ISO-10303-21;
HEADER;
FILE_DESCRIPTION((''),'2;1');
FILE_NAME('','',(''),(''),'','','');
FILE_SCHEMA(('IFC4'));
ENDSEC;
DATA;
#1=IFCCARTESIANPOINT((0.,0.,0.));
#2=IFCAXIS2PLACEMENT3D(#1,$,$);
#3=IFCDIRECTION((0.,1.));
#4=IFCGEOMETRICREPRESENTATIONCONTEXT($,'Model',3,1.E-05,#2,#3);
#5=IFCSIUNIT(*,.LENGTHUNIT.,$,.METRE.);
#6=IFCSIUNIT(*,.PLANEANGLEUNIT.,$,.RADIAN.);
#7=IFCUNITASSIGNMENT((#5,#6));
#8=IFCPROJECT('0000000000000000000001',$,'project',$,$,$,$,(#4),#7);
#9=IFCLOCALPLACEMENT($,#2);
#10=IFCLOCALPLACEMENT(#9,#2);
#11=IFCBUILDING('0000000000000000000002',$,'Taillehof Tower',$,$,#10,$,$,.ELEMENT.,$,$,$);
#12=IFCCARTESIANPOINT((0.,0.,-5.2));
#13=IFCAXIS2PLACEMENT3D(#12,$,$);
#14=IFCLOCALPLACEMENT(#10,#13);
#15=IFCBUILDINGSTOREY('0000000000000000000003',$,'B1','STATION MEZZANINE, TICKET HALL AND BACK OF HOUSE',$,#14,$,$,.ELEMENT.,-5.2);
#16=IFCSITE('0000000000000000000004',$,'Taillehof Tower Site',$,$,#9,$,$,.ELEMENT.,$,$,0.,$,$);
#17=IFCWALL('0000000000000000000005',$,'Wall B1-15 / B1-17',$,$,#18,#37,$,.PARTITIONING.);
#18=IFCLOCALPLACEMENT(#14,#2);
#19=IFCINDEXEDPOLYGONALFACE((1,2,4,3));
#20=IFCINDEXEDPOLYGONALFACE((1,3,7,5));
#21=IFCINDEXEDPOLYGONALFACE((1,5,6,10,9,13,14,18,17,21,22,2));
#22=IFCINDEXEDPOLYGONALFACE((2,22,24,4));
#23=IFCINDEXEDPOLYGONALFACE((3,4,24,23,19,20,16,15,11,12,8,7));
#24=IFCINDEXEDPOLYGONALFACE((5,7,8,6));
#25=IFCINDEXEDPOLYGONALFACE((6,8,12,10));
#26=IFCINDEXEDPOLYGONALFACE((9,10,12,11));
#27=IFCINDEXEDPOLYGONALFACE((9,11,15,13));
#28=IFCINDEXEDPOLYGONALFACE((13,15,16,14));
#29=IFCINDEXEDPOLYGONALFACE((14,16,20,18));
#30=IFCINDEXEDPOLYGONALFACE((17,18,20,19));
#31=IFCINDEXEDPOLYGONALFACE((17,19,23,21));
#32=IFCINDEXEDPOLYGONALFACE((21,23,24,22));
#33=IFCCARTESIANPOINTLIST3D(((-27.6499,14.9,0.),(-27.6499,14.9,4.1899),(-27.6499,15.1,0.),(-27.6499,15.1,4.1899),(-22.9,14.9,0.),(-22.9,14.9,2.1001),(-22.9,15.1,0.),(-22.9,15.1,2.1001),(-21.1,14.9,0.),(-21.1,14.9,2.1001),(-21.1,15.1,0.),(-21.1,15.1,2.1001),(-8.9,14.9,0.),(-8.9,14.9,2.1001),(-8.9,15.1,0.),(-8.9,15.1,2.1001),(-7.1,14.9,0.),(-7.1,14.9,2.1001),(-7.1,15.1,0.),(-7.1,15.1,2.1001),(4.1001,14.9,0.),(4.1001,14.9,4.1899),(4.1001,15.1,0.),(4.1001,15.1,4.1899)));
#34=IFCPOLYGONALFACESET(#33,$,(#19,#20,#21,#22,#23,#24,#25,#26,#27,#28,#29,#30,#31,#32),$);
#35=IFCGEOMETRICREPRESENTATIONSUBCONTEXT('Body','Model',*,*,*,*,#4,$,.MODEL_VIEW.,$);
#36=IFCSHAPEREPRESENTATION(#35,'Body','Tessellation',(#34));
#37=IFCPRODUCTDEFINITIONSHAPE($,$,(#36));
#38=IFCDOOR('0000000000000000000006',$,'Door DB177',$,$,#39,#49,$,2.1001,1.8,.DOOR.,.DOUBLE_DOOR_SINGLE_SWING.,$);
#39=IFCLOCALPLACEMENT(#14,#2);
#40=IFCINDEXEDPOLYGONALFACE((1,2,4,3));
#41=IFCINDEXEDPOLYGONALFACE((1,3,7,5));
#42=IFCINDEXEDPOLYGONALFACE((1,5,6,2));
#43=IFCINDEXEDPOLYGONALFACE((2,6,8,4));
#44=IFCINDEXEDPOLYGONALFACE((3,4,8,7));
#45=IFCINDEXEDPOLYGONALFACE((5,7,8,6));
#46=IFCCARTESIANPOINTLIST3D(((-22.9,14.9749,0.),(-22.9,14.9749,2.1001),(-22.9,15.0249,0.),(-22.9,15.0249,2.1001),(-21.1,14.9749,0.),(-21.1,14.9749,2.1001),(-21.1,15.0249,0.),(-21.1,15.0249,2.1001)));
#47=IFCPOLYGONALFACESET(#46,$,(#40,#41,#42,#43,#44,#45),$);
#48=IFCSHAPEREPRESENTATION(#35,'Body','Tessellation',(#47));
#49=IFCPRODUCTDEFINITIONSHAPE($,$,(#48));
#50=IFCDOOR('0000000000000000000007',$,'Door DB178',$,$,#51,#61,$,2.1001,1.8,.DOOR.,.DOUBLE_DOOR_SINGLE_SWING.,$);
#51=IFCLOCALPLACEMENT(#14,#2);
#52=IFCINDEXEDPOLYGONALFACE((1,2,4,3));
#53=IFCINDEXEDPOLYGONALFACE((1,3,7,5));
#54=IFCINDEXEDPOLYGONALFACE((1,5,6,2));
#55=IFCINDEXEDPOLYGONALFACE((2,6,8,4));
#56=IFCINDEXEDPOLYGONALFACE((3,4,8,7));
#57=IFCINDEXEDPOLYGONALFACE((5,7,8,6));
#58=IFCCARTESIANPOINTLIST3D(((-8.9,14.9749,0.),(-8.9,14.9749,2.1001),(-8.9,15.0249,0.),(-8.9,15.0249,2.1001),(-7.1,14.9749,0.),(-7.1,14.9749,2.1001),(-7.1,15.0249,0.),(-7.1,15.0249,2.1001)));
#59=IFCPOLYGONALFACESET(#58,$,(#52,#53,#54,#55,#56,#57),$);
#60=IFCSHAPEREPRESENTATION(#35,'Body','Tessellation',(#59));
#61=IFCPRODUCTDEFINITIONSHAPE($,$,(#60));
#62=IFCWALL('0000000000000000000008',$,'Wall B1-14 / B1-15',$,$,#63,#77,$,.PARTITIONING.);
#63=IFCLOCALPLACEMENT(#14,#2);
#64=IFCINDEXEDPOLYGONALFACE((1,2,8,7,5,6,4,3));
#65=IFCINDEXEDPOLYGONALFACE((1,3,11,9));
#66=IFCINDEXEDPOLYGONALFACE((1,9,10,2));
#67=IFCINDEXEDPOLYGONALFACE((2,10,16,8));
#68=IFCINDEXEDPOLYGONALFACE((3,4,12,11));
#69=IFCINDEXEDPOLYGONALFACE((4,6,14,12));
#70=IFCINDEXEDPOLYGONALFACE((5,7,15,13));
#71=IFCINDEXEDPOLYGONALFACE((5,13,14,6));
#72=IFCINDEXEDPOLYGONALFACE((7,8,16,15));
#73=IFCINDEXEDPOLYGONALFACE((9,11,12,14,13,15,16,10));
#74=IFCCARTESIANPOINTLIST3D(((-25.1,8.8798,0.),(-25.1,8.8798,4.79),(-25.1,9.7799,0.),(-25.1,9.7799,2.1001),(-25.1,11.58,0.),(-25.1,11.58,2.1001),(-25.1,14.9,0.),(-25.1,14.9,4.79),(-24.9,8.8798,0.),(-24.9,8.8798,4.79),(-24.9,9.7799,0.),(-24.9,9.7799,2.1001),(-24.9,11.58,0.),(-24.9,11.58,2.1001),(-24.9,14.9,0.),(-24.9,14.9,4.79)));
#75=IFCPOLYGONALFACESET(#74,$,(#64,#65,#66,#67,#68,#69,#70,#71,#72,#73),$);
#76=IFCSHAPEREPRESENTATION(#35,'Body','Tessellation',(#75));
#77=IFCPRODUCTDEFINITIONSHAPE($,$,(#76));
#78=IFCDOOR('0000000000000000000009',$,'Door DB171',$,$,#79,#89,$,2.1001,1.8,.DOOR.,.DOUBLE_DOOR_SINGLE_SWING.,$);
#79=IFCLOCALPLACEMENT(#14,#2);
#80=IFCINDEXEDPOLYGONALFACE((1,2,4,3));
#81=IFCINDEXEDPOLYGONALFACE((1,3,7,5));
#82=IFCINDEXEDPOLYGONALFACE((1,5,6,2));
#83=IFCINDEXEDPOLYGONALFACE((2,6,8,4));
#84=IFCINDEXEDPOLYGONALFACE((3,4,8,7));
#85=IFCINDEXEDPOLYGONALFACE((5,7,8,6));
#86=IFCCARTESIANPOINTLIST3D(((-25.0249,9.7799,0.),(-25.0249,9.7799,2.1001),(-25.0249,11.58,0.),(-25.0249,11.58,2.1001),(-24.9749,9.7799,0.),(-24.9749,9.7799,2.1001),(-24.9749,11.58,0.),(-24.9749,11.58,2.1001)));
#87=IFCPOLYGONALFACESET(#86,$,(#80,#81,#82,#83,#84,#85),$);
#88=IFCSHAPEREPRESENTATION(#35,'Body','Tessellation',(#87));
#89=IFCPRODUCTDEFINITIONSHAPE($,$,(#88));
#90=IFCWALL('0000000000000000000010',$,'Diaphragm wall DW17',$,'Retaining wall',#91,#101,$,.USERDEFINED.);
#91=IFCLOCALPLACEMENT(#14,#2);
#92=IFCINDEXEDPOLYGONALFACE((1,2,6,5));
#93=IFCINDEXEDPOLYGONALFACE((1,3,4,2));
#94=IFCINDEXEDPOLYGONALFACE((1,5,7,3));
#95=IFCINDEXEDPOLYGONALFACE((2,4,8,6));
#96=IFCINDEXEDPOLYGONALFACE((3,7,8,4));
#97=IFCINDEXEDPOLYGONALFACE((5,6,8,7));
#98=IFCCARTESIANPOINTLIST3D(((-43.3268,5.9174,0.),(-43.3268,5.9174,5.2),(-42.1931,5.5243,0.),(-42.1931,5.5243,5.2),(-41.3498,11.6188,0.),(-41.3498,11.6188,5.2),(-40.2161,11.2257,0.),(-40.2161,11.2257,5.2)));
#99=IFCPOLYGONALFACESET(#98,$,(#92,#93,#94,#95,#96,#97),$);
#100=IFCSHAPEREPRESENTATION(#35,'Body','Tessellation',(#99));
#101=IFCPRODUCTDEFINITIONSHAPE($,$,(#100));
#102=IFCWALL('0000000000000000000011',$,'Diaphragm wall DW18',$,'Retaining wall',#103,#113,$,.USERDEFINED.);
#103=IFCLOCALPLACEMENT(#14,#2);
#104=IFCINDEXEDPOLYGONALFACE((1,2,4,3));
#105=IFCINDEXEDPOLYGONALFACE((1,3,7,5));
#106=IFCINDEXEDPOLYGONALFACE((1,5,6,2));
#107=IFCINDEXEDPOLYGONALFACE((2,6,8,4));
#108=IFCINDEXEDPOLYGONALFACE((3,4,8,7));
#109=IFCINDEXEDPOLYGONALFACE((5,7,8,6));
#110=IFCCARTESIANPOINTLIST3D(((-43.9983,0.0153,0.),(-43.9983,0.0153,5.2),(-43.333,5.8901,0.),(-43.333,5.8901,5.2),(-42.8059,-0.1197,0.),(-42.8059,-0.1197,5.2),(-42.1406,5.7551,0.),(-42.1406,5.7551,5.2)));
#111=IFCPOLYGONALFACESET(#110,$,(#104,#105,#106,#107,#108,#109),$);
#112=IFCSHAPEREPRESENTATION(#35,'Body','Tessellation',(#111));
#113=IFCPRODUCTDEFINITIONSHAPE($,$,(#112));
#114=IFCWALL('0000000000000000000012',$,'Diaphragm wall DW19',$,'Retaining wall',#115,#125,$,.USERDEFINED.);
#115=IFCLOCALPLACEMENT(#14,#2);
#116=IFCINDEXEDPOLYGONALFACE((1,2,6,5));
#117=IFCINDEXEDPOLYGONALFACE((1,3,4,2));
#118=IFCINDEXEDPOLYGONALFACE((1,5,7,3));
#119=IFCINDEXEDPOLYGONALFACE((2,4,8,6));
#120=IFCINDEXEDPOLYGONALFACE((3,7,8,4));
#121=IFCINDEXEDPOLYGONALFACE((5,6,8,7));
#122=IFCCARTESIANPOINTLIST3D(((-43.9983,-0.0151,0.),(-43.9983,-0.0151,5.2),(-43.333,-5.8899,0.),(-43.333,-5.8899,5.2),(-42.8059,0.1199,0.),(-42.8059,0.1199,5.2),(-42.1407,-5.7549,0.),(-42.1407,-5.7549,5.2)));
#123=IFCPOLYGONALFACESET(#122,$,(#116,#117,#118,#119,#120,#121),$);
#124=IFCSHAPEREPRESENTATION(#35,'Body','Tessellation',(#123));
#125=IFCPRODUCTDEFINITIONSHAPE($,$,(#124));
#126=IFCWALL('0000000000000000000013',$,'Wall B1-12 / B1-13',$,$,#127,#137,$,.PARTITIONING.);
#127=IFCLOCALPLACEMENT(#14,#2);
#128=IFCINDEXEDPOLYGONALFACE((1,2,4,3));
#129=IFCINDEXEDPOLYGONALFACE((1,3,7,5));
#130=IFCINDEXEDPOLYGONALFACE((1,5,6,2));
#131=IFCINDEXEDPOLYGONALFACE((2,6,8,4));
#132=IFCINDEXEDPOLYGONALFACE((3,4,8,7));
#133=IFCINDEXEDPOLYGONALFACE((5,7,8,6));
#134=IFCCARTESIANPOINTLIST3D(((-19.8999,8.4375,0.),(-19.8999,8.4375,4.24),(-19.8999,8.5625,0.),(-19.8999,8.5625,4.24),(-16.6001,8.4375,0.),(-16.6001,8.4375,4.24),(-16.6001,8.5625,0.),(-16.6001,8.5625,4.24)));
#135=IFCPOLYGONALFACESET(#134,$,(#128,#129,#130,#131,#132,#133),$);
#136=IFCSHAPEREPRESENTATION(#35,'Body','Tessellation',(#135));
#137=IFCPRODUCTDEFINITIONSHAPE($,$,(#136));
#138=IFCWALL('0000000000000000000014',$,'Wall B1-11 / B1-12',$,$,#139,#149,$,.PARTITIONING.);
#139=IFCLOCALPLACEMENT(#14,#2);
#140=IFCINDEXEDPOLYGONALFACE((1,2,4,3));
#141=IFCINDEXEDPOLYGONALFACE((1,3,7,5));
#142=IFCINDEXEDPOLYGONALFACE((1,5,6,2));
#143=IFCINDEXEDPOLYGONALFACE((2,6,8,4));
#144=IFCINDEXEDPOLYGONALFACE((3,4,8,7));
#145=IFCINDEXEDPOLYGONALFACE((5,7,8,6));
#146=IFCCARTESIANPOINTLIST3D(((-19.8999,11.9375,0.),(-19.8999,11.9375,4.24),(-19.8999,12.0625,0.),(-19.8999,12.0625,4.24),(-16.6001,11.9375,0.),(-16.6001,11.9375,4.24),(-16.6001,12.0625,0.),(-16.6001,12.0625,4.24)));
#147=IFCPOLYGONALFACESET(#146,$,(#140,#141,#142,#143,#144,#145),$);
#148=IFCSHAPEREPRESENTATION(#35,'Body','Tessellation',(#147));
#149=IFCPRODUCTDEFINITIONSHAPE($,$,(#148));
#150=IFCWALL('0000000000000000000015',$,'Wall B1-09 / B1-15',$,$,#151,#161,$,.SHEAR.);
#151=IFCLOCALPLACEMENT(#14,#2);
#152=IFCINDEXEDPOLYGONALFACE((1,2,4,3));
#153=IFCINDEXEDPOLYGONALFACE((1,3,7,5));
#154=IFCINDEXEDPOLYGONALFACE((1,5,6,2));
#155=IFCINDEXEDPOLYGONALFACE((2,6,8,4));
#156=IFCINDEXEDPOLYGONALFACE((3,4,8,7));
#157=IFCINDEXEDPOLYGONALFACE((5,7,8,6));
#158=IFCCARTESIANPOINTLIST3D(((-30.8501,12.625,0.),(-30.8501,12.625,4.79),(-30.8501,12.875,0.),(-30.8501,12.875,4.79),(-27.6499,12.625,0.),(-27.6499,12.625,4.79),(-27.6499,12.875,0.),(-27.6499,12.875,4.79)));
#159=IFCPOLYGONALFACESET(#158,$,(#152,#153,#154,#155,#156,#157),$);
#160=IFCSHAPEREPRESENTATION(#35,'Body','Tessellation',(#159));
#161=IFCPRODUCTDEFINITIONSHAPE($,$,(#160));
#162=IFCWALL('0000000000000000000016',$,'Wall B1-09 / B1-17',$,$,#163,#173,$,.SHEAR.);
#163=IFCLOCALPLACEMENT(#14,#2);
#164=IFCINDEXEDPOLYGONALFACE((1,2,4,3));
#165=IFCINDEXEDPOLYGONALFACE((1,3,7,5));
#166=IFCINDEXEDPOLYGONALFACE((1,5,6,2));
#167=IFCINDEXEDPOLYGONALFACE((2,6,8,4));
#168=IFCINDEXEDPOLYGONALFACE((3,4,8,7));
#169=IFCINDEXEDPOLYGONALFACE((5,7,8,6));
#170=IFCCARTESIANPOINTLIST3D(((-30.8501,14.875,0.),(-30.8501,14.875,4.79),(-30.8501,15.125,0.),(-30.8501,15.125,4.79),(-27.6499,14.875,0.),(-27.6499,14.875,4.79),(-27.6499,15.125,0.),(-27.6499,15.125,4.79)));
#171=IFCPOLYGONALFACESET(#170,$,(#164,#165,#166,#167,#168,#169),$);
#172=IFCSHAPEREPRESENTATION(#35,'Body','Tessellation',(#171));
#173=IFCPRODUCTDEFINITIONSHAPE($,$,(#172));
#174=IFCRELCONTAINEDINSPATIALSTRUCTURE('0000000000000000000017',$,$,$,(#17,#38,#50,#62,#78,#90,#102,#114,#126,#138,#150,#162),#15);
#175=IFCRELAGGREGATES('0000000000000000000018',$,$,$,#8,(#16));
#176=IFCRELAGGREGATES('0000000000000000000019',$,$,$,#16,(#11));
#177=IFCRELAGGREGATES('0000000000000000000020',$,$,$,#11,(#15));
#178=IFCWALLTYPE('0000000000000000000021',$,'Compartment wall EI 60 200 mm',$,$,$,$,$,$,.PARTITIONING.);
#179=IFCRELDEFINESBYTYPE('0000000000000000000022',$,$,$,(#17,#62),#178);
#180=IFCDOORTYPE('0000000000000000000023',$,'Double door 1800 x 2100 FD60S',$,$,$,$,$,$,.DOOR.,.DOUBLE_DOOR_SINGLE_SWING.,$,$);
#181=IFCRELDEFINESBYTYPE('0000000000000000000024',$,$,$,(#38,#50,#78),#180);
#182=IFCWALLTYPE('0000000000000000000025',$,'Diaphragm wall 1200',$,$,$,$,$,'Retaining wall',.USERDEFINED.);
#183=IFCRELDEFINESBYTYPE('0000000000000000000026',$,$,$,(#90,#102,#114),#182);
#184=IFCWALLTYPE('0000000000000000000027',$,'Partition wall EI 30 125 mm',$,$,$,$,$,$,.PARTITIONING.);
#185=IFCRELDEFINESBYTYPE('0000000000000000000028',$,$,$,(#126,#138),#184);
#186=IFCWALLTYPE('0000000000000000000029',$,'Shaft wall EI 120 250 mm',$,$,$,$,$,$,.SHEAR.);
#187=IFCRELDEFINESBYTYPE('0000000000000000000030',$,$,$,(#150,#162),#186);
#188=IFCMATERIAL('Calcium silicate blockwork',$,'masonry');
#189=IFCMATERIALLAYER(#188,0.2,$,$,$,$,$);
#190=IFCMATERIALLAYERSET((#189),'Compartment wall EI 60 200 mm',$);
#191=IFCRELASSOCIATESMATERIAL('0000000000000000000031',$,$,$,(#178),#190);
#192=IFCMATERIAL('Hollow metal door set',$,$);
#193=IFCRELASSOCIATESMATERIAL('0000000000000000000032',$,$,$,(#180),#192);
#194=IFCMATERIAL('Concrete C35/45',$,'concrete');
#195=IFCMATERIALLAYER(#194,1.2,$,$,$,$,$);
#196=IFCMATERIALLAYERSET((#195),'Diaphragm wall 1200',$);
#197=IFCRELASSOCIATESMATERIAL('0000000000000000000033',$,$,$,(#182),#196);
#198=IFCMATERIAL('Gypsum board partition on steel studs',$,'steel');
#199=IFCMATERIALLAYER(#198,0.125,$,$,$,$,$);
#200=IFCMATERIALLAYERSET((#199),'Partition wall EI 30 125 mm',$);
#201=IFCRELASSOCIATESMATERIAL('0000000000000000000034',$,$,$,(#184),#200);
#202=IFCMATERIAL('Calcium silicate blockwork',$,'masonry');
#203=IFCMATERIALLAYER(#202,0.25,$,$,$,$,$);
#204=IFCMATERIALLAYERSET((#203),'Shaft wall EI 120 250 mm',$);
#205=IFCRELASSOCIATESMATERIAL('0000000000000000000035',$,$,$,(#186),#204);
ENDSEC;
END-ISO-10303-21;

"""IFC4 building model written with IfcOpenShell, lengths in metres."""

from ifc_helpers import new_model, si_unit, direction, frame, frame_2d, origin, place, context, subcontext, project, spatial, rectangle, extrude, material, layer, layer_set, type_object, element, fill, save


model = new_model("IFC4")

# Units and contexts
model_context = context("Model", 3, precision=1e-05, world=origin(), true_north=direction((0.0, 1.0)))
body_context = subcontext(model_context, "Body", "Model", "MODEL_VIEW")
ifc_project = project(units=[si_unit("LENGTHUNIT", "METRE"), si_unit("PLANEANGLEUNIT", "RADIAN")], contexts=[model_context])

# Site, building, storey
site_placement = place(None, origin())
site = spatial("IfcSite", under=ifc_project, at=site_placement, Name="Taillehof Tower Site", CompositionType="ELEMENT", RefElevation=0.0)
building_placement = place(site_placement, origin())
building = spatial("IfcBuilding", under=site, at=building_placement, Name="Taillehof Tower", CompositionType="ELEMENT")
storey_placement = place(building_placement, frame((0.0, 0.0, -5.2)))
storey = spatial("IfcBuildingStorey", under=building, at=storey_placement, Name="B1", Description="STATION MEZZANINE, TICKET HALL AND BACK OF HOUSE", CompositionType="ELEMENT", Elevation=-5.2)

# Shared definitions
ifc_material_1 = material(Name="Calcium silicate blockwork", Category="masonry")
ifc_layer_1 = layer(ifc_material_1, 0.2)
ifc_layer_set_1 = layer_set([ifc_layer_1], Name="Compartment wall EI 60 200 mm")
wall_type_1 = type_object("IfcWallType", Name="Compartment wall EI 60 200 mm", PredefinedType="PARTITIONING", material=ifc_layer_set_1)

# Shared definitions
ifc_material_2 = material(Name="Hollow metal door set")
door_type_1 = type_object("IfcDoorType", Name="Double door 1800 x 2100 FD60S", OperationType="DOUBLE_DOOR_SINGLE_SWING", PredefinedType="DOOR", material=ifc_material_2)

# Wall, openings, doors
wall_1_placement = place(storey_placement, frame((-27.6499, 15.0, 0.0), z_axis=(0.0, 0.0, 1.0), x_axis=(1.0, 0.0, 0.0)))
wall_1 = element("IfcWall", 1, at=wall_1_placement, inside=storey, type_object=wall_type_1, Name="Wall B1-15 / B1-17", PredefinedType="PARTITIONING", context=body_context, shape_type="SweptSolid", body=[
    extrude(rectangle(XDim=31.75, YDim=0.2, at=frame_2d((15.875, 0.0))), origin(), (0.0, 0.0, 1.0), 4.1899),
])
opening_1_placement = place(wall_1_placement, frame((4.75, 0.0, 0.0)))
opening_1 = element("IfcOpeningElement", 2, at=opening_1_placement, cuts=wall_1, PredefinedType="OPENING", context=body_context, shape_type="SweptSolid", body=[
    extrude(rectangle(XDim=1.8, YDim=2.1001, at=frame_2d((0.8999, 1.05))), frame((0.0, 0.1099, 0.0), z_axis=(0.0, -1.0, 0.0), x_axis=(1.0, 0.0, 0.0)), (0.0, 0.0, 1.0), 0.22),
])
opening_2_placement = place(wall_1_placement, frame((18.75, 0.0, 0.0)))
opening_2 = element("IfcOpeningElement", 3, at=opening_2_placement, cuts=wall_1, PredefinedType="OPENING", context=body_context, shape_type="SweptSolid", body=[
    extrude(rectangle(XDim=1.8, YDim=2.1001, at=frame_2d((0.8999, 1.05))), frame((0.0, 0.1099, 0.0), z_axis=(0.0, -1.0, 0.0), x_axis=(1.0, 0.0, 0.0)), (0.0, 0.0, 1.0), 0.22),
])
door_1_placement = place(opening_1_placement, origin())
door_1 = element("IfcDoor", 4, at=door_1_placement, inside=storey, type_object=door_type_1, Name="Door DB177", OperationType="DOUBLE_DOOR_SINGLE_SWING", OverallHeight=2.1001, OverallWidth=1.8, PredefinedType="DOOR", context=body_context, shape_type="SweptSolid", body=[
    extrude(rectangle(XDim=1.8, YDim=2.1001, at=frame_2d((0.8999, 1.05))), frame((0.0, 0.0249, 0.0), z_axis=(0.0, -1.0, 0.0), x_axis=(1.0, 0.0, 0.0)), (0.0, 0.0, 1.0), 0.05),
])
fill(opening_1, door_1)
door_2_placement = place(opening_2_placement, origin())
door_2 = element("IfcDoor", 5, at=door_2_placement, inside=storey, type_object=door_type_1, Name="Door DB178", OperationType="DOUBLE_DOOR_SINGLE_SWING", OverallHeight=2.1001, OverallWidth=1.8, PredefinedType="DOOR", context=body_context, shape_type="SweptSolid", body=[
    extrude(rectangle(XDim=1.8, YDim=2.1001, at=frame_2d((0.8999, 1.05))), frame((0.0, 0.0249, 0.0), z_axis=(0.0, -1.0, 0.0), x_axis=(1.0, 0.0, 0.0)), (0.0, 0.0, 1.0), 0.05),
])
fill(opening_2, door_2)

# Wall, opening, door
wall_2_placement = place(storey_placement, frame((-25.0, 8.8796, 0.0), z_axis=(0.0, 0.0, 1.0), x_axis=(0.0, 1.0, 0.0)))
wall_2 = element("IfcWall", 6, at=wall_2_placement, inside=storey, type_object=wall_type_1, Name="Wall B1-14 / B1-15", PredefinedType="PARTITIONING", context=body_context, shape_type="SweptSolid", body=[
    extrude(rectangle(XDim=6.0203, YDim=0.2, at=frame_2d((3.0103, 0.0))), origin(), (0.0, 0.0, 1.0), 4.79),
])
opening_3_placement = place(wall_2_placement, frame((0.9004, 0.0, 0.0)))
opening_3 = element("IfcOpeningElement", 7, at=opening_3_placement, cuts=wall_2, PredefinedType="OPENING", context=body_context, shape_type="SweptSolid", body=[
    extrude(rectangle(XDim=1.8, YDim=2.1001, at=frame_2d((0.8999, 1.05))), frame((0.0, 0.1099, 0.0), z_axis=(0.0, -1.0, 0.0), x_axis=(1.0, 0.0, 0.0)), (0.0, 0.0, 1.0), 0.22),
])
door_3_placement = place(opening_3_placement, origin())
door_3 = element("IfcDoor", 8, at=door_3_placement, inside=storey, type_object=door_type_1, Name="Door DB171", OperationType="DOUBLE_DOOR_SINGLE_SWING", OverallHeight=2.1001, OverallWidth=1.8, PredefinedType="DOOR", context=body_context, shape_type="SweptSolid", body=[
    extrude(rectangle(XDim=1.8, YDim=2.1001, at=frame_2d((0.8999, 1.05))), frame((0.0, 0.0249, 0.0), z_axis=(0.0, -1.0, 0.0), x_axis=(1.0, 0.0, 0.0)), (0.0, 0.0, 1.0), 0.05),
])
fill(opening_3, door_3)

# Walls
ifc_material_3 = material(Name="Concrete C35/45", Category="concrete")
ifc_layer_2 = layer(ifc_material_3, 1.2)
ifc_layer_set_2 = layer_set([ifc_layer_2], Name="Diaphragm wall 1200")
wall_type_2 = type_object("IfcWallType", Name="Diaphragm wall 1200", ElementType="Retaining wall", PredefinedType="USERDEFINED", material=ifc_layer_set_2)
wall_3_placement = place(storey_placement, frame((-40.783, 11.4221, 0.0), z_axis=(0.0, 0.0, 1.0), x_axis=(-0.327626, -0.944807, 0.0)))
element("IfcWall", 9, at=wall_3_placement, inside=storey, type_object=wall_type_2, Name="Diaphragm wall DW17", ObjectType="Retaining wall", PredefinedType="USERDEFINED", context=body_context, shape_type="SweptSolid", body=[
    extrude(rectangle(XDim=6.0344, YDim=1.2, at=frame_2d((3.0171, 0.0))), origin(), (0.0, 0.0, 1.0), 5.2),
])
for number, where, z_axis, x_axis, name in (
    (10, (-42.7368, 5.8225, 0.0), (0.0, 0.0, 1.0), (-0.112525, -0.993649, 0.0), "Diaphragm wall DW18"),
    (11, (-43.4021, 0.0522, 0.0), (0.0, 0.0, 1.0), (0.112525, -0.993649, 0.0), "Diaphragm wall DW19"),
):
    element("IfcWall", number, at=place(storey_placement, frame(where, z_axis=z_axis, x_axis=x_axis)), inside=storey, type_object=wall_type_2, Name=name, ObjectType="Retaining wall", PredefinedType="USERDEFINED", context=body_context, shape_type="SweptSolid", body=[
        extrude(rectangle(XDim=5.9124, YDim=1.2, at=frame_2d((2.9561, 0.0))), origin(), (0.0, 0.0, 1.0), 5.2),
    ])
ifc_material_4 = material(Name="Gypsum board partition on steel studs", Category="steel")
ifc_layer_3 = layer(ifc_material_4, 0.125)
ifc_layer_set_3 = layer_set([ifc_layer_3], Name="Partition wall EI 30 125 mm")
wall_type_3 = type_object("IfcWallType", Name="Partition wall EI 30 125 mm", PredefinedType="PARTITIONING", material=ifc_layer_set_3)
for number, where, z_axis, x_axis, name in (
    (12, (-19.8999, 8.5, 0.0), (0.0, 0.0, 1.0), (1.0, 0.0, 0.0), "Wall B1-12 / B1-13"),
    (13, (-19.8999, 12.0, 0.0), (0.0, 0.0, 1.0), (1.0, 0.0, 0.0), "Wall B1-11 / B1-12"),
):
    element("IfcWall", number, at=place(storey_placement, frame(where, z_axis=z_axis, x_axis=x_axis)), inside=storey, type_object=wall_type_3, Name=name, PredefinedType="PARTITIONING", context=body_context, shape_type="SweptSolid", body=[
        extrude(rectangle(XDim=3.2998, YDim=0.125, at=frame_2d((1.6499, 0.0))), origin(), (0.0, 0.0, 1.0), 4.24),
    ])
ifc_material_5 = material(Name="Calcium silicate blockwork", Category="masonry")
ifc_layer_4 = layer(ifc_material_5, 0.25)
ifc_layer_set_4 = layer_set([ifc_layer_4], Name="Shaft wall EI 120 250 mm")
wall_type_4 = type_object("IfcWallType", Name="Shaft wall EI 120 250 mm", PredefinedType="SHEAR", material=ifc_layer_set_4)
for number, where, z_axis, x_axis, name in (
    (14, (-30.8501, 12.75, 0.0), (0.0, 0.0, 1.0), (1.0, 0.0, 0.0), "Wall B1-09 / B1-15"),
    (15, (-30.8501, 15.0, 0.0), (0.0, 0.0, 1.0), (1.0, 0.0, 0.0), "Wall B1-09 / B1-17"),
):
    element("IfcWall", number, at=place(storey_placement, frame(where, z_axis=z_axis, x_axis=x_axis)), inside=storey, type_object=wall_type_4, Name=name, PredefinedType="SHEAR", context=body_context, shape_type="SweptSolid", body=[
        extrude(rectangle(XDim=3.2002, YDim=0.25, at=frame_2d((1.6001, 0.0))), origin(), (0.0, 0.0, 1.0), 4.79),
    ])

save(model, "model.ifc")
